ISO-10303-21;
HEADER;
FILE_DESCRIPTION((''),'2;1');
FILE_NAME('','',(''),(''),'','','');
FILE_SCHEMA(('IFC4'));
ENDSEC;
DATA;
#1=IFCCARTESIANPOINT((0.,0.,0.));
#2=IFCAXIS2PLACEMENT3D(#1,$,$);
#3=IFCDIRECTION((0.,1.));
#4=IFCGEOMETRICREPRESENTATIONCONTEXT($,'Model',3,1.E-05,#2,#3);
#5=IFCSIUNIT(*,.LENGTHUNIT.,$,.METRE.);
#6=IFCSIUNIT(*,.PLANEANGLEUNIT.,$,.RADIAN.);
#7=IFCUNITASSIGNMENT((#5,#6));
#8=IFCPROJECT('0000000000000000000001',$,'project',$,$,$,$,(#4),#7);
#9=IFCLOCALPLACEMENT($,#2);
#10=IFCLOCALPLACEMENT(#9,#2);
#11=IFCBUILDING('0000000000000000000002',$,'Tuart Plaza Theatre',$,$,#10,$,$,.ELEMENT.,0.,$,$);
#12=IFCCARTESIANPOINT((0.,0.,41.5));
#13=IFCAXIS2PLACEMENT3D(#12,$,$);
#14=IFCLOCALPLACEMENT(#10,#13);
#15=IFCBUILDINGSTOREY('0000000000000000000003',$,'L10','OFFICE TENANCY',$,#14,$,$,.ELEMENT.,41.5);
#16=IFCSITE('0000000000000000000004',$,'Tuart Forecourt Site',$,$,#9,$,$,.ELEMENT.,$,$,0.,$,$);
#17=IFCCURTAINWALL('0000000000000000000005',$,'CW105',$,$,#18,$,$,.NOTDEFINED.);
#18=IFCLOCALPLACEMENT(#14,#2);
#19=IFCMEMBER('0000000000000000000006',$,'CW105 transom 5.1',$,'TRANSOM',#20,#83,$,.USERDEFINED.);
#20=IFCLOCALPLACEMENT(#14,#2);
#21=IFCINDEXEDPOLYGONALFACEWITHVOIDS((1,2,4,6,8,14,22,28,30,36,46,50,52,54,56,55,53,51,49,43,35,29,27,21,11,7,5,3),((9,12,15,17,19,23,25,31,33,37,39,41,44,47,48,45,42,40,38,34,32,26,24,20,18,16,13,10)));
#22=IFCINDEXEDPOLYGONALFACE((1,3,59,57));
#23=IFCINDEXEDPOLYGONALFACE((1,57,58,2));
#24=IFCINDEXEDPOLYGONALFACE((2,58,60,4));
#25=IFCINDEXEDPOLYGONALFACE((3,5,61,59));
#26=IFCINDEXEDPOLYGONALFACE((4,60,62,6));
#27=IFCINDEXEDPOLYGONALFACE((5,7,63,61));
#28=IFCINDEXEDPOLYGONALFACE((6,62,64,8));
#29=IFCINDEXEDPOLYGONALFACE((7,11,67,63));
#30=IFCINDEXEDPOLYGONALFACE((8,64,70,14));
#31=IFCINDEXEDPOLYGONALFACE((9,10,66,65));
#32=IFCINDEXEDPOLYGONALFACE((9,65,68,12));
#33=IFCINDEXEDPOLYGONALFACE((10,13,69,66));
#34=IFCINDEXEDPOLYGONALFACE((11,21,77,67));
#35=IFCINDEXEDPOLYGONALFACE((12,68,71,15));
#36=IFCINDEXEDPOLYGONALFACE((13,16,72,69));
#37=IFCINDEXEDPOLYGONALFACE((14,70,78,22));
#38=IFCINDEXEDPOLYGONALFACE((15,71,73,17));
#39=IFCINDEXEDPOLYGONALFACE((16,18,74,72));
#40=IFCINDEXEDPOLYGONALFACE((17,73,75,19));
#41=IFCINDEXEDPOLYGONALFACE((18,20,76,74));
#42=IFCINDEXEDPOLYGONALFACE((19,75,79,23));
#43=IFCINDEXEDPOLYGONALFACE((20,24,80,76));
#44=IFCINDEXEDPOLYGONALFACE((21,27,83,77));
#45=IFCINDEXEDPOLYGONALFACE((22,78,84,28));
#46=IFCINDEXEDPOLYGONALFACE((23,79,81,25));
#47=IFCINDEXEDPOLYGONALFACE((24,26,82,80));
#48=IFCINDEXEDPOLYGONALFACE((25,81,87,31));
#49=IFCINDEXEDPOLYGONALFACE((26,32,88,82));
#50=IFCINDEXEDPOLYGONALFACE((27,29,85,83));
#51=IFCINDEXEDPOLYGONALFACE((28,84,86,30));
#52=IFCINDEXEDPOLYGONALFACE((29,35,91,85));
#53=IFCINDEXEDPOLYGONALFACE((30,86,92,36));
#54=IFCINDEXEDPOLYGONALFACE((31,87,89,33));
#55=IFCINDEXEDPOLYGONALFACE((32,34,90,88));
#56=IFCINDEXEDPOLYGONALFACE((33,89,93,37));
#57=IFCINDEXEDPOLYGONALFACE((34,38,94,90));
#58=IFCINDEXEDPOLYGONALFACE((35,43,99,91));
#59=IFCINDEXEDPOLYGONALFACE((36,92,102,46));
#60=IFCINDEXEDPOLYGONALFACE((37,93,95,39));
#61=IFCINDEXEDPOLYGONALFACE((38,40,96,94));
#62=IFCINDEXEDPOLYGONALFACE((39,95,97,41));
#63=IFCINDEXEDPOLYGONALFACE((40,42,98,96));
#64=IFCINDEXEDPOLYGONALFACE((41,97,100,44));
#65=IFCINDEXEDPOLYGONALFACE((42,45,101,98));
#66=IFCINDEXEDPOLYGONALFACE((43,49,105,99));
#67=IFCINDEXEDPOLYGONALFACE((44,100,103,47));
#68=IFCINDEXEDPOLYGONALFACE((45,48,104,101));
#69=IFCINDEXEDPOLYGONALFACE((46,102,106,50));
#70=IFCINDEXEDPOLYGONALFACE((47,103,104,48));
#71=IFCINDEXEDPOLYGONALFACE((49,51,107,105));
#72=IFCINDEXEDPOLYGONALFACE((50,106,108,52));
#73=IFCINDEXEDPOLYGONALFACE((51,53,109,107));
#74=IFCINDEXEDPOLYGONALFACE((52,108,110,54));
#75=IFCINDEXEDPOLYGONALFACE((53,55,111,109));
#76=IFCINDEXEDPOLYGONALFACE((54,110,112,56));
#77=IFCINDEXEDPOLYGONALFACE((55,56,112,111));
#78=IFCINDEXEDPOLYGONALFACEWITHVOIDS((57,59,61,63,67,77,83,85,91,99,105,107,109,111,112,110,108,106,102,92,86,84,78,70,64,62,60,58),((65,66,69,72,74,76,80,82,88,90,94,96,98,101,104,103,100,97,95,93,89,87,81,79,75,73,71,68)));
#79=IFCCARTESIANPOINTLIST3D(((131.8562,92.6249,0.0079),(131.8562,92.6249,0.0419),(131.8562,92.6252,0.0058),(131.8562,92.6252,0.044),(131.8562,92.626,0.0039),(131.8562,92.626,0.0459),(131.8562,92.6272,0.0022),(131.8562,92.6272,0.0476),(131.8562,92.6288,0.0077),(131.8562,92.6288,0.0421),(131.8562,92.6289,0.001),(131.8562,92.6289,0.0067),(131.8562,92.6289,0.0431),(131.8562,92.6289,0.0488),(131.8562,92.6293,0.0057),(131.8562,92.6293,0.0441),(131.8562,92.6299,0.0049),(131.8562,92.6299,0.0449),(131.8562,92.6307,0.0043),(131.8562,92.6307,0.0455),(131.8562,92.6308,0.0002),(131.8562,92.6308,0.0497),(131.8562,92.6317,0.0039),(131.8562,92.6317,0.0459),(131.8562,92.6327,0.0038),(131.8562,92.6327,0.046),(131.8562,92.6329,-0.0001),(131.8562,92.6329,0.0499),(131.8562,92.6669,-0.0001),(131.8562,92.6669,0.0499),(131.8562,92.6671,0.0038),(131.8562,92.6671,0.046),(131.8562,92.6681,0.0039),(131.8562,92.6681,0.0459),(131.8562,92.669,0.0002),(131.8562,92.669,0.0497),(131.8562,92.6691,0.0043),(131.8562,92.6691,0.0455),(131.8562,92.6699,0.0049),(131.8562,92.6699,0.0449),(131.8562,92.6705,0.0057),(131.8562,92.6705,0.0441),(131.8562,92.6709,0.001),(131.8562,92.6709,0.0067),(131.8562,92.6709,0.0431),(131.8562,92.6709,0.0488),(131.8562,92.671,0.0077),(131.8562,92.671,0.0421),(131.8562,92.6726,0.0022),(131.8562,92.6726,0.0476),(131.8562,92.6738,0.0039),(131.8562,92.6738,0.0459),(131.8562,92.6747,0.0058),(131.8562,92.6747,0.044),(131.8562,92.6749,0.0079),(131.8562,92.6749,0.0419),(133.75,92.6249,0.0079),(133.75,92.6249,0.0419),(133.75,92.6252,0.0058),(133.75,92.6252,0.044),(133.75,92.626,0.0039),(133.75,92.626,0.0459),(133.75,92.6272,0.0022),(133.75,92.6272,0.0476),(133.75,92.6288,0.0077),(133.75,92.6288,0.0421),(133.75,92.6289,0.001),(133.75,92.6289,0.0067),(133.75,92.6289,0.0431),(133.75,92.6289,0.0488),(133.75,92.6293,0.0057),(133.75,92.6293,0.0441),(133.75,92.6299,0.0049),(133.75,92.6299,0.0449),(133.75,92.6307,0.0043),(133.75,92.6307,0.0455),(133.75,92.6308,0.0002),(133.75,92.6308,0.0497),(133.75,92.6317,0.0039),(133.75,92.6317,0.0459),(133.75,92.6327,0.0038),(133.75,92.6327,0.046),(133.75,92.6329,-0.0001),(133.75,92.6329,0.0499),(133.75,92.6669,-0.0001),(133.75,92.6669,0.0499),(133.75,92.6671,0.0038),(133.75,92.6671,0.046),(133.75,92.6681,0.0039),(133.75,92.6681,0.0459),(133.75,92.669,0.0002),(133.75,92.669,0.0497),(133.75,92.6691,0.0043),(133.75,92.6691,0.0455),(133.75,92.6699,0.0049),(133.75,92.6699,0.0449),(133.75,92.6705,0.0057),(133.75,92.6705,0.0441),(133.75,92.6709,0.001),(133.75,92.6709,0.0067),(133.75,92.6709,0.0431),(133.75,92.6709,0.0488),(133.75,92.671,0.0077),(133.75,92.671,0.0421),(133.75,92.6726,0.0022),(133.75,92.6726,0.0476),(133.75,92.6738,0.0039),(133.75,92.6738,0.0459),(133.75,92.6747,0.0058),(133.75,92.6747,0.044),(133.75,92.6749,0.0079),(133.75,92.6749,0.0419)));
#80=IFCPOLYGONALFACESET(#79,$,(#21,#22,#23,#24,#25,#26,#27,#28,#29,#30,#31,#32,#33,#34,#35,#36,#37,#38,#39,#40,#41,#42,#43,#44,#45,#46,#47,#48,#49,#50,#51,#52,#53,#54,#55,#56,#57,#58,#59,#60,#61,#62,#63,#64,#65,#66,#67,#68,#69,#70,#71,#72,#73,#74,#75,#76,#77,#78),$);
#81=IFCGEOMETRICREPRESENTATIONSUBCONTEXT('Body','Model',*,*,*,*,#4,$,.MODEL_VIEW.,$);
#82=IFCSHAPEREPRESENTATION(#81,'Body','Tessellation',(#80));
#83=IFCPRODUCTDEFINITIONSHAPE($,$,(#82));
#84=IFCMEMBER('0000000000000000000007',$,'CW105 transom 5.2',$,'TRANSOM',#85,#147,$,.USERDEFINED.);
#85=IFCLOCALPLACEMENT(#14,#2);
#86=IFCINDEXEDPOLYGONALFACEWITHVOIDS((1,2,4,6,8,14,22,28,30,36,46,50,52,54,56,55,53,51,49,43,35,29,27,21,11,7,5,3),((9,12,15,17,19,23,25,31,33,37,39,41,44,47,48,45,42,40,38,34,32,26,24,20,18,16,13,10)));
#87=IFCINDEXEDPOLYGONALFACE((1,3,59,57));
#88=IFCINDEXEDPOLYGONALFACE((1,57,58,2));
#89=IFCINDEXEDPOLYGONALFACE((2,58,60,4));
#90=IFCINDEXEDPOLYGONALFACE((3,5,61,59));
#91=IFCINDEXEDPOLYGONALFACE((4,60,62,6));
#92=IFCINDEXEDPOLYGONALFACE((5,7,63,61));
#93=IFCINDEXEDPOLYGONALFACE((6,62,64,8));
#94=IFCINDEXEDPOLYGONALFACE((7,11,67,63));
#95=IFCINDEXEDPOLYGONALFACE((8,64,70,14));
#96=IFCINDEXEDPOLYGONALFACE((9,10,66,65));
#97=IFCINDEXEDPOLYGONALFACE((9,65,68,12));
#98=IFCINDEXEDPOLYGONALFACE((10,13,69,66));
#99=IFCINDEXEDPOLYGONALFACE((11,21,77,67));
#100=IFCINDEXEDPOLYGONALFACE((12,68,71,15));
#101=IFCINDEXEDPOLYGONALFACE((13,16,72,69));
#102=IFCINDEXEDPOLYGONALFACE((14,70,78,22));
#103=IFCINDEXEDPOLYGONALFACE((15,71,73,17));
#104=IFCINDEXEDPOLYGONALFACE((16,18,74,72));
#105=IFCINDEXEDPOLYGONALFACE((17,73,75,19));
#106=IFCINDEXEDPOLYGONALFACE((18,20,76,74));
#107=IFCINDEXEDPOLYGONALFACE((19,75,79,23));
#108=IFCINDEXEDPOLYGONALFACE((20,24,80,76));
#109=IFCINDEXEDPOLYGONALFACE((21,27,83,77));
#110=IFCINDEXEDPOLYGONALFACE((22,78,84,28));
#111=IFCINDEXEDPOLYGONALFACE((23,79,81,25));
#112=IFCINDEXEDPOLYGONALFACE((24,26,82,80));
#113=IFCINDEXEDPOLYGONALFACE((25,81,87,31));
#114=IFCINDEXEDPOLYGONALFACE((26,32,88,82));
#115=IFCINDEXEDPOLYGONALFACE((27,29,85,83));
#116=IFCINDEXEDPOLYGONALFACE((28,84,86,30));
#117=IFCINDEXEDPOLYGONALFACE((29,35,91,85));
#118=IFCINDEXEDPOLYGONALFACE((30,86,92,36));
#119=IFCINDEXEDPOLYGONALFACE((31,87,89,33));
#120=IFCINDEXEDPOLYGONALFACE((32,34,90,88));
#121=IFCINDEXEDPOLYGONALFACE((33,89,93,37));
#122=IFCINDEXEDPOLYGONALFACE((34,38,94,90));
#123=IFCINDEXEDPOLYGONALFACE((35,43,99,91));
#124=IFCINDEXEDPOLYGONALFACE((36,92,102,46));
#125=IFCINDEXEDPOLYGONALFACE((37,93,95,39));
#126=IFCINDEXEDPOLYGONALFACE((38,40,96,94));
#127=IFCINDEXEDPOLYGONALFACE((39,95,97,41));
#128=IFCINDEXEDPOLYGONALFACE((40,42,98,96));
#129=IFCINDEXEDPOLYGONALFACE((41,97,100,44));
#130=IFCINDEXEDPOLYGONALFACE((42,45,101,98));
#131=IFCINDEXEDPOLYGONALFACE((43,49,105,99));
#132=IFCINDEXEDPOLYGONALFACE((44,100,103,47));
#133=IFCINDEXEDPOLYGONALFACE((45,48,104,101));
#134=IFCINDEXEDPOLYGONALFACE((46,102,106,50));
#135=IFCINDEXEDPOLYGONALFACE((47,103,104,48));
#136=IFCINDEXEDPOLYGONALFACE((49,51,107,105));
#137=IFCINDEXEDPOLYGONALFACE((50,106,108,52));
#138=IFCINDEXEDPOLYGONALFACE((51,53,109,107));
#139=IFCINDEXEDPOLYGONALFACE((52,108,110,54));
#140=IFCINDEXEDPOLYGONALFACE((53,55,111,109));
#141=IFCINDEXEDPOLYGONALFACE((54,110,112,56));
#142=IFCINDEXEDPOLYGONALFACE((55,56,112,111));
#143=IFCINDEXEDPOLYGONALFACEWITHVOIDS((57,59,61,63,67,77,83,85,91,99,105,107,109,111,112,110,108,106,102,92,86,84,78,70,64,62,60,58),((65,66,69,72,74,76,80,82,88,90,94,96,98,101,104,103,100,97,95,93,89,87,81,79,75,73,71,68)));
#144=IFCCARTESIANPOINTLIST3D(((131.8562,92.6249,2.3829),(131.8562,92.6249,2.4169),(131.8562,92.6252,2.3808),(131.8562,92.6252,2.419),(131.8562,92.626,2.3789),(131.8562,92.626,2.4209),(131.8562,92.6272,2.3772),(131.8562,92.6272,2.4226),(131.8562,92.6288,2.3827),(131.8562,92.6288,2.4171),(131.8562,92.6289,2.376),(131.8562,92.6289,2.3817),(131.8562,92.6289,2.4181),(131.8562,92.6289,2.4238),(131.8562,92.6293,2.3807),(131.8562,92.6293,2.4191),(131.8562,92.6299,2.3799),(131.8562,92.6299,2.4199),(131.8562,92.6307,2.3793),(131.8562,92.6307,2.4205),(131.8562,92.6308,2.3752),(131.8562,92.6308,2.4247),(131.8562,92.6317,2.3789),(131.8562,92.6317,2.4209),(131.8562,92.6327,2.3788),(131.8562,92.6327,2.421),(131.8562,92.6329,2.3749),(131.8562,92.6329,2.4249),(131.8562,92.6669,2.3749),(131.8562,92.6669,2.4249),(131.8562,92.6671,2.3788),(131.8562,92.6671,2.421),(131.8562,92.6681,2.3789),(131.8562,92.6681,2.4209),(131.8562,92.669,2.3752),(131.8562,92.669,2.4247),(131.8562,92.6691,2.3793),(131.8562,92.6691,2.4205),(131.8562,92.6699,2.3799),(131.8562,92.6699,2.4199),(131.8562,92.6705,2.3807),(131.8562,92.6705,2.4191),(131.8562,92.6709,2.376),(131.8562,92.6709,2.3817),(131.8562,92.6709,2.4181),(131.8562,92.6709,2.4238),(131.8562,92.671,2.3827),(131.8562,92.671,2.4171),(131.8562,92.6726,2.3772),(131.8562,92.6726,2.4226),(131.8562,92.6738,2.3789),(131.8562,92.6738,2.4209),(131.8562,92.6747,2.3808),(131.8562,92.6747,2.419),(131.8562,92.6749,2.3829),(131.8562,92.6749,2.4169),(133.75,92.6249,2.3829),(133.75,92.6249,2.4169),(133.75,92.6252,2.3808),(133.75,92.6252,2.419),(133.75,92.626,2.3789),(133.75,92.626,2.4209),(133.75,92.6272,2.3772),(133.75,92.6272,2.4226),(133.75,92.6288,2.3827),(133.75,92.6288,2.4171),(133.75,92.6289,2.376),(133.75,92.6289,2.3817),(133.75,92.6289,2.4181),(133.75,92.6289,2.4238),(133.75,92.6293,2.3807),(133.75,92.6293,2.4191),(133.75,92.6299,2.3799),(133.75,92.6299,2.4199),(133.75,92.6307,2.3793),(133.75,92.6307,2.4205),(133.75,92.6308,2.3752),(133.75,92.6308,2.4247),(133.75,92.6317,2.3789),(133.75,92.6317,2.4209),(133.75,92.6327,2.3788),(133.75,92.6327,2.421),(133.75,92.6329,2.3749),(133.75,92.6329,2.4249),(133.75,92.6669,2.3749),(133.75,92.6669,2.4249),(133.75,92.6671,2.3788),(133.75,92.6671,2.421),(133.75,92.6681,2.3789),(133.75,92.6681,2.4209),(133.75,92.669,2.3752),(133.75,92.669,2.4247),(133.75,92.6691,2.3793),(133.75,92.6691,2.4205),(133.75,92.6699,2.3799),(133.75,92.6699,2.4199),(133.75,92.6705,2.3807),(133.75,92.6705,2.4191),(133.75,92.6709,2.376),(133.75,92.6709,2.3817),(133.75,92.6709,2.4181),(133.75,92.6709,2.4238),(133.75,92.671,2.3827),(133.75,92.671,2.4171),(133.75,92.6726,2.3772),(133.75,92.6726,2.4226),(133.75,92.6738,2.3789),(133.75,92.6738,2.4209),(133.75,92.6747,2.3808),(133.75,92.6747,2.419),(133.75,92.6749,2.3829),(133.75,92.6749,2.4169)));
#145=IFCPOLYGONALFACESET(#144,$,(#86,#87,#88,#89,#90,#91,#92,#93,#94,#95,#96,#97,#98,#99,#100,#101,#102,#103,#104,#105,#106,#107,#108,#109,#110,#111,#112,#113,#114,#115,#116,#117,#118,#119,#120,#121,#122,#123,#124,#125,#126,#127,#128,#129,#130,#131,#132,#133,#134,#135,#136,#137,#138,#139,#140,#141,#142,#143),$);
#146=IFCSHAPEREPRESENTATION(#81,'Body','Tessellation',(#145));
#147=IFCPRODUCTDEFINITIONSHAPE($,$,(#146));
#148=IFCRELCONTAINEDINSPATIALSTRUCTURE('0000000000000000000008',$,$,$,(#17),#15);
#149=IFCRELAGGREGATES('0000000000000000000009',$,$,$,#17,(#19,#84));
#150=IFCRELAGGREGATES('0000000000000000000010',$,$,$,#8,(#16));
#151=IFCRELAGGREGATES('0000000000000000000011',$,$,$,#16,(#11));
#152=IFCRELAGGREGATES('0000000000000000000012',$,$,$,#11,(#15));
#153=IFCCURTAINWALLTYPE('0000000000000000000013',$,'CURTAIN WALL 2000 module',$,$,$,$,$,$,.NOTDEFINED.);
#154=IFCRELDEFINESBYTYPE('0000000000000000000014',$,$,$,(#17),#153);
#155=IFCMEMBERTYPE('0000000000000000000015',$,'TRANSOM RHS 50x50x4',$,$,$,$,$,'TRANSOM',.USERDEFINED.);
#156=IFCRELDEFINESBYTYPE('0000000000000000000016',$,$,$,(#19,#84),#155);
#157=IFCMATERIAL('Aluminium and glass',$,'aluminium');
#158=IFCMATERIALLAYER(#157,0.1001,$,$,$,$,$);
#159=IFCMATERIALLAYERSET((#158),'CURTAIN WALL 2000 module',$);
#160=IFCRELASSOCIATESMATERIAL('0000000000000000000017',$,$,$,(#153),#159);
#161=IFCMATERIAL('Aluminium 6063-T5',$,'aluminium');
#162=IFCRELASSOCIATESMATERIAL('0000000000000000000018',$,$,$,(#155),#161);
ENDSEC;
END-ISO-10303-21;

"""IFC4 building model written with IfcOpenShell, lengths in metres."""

from ifc_helpers import new_model, si_unit, direction, frame, origin, origin_2d, place, context, subcontext, project, spatial, hollow_rectangle, extrude, material, layer, layer_set, material_profile, profile_set, type_object, element, aggregate, save


model = new_model("IFC4")

# Units and contexts
model_context = context("Model", 3, precision=1e-05, world=origin(), true_north=direction((0.0, 1.0)))
body_context = subcontext(model_context, "Body", "Model", "MODEL_VIEW")
ifc_project = project(units=[si_unit("LENGTHUNIT", "METRE"), si_unit("PLANEANGLEUNIT", "RADIAN")], contexts=[model_context])

# Site, building, storey
site_placement = place(None, origin())
site = spatial("IfcSite", under=ifc_project, at=site_placement, Name="Tuart Forecourt Site", CompositionType="ELEMENT", RefElevation=0.0)
building_placement = place(site_placement, origin())
building = spatial("IfcBuilding", under=site, at=building_placement, Name="Tuart Plaza Theatre", CompositionType="ELEMENT", ElevationOfRefHeight=0.0)
storey_placement = place(building_placement, frame((0.0, 0.0, 41.5)))
storey = spatial("IfcBuildingStorey", under=building, at=storey_placement, Name="L10", Description="OFFICE TENANCY", CompositionType="ELEMENT", Elevation=41.5)

# Curtain wall, members
ifc_material_1 = material(Name="Aluminium and glass", Category="aluminium")
ifc_layer_1 = layer(ifc_material_1, 0.1001)
ifc_layer_set_1 = layer_set([ifc_layer_1], Name="CURTAIN WALL 2000 module")
curtain_wall_type = type_object("IfcCurtainWallType", Name="CURTAIN WALL 2000 module", PredefinedType="NOTDEFINED", material=ifc_layer_set_1)
curtain_wall_placement = place(storey_placement, origin())
curtain_wall = element("IfcCurtainWall", 1, at=curtain_wall_placement, inside=storey, type_object=curtain_wall_type, Name="CW105", PredefinedType="NOTDEFINED")
ifc_material_2 = material(Name="Aluminium 6063-T5", Category="aluminium")
ifc_material_profile_1 = material_profile(ifc_material_2, hollow_rectangle(XDim=0.05, YDim=0.05, WallThickness=0.0039, InnerFilletRadius=0.0039, OuterFilletRadius=0.0081, at=origin_2d()), Name="RHS 50x50x4")
ifc_profile_set_1 = profile_set([ifc_material_profile_1], Name="Aluminium 6063-T5")
member_type_1 = type_object("IfcMemberType", Name="TRANSOM RHS 50x50x4", ElementType="TRANSOM", PredefinedType="USERDEFINED", material=ifc_profile_set_1)
member_1_placement = place(storey_placement, frame((133.75, 92.6499, 0.0249), z_axis=(-1.0, 0.0, 0.0), x_axis=(0.0, -1.0, 0.0)))
member_1 = element("IfcMember", 2, at=member_1_placement, type_object=member_type_1, Name="CW105 transom 5.1", ObjectType="TRANSOM", PredefinedType="USERDEFINED", context=body_context, shape_type="SweptSolid", body=[
    extrude(hollow_rectangle(XDim=0.05, YDim=0.05, WallThickness=0.0039, InnerFilletRadius=0.0039, OuterFilletRadius=0.0081, at=origin_2d()), origin(), (0.0, 0.0, 1.0), 1.8938),
])
member_2_placement = place(storey_placement, frame((133.75, 92.6499, 2.3999), z_axis=(-1.0, 0.0, 0.0), x_axis=(0.0, -1.0, 0.0)))
member_2 = element("IfcMember", 3, at=member_2_placement, type_object=member_type_1, Name="CW105 transom 5.2", ObjectType="TRANSOM", PredefinedType="USERDEFINED", context=body_context, shape_type="SweptSolid", body=[
    extrude(hollow_rectangle(XDim=0.05, YDim=0.05, WallThickness=0.0039, InnerFilletRadius=0.0039, OuterFilletRadius=0.0081, at=origin_2d()), origin(), (0.0, 0.0, 1.0), 1.8938),
])
aggregate(curtain_wall, [member_1, member_2])

save(model, "model.ifc")
